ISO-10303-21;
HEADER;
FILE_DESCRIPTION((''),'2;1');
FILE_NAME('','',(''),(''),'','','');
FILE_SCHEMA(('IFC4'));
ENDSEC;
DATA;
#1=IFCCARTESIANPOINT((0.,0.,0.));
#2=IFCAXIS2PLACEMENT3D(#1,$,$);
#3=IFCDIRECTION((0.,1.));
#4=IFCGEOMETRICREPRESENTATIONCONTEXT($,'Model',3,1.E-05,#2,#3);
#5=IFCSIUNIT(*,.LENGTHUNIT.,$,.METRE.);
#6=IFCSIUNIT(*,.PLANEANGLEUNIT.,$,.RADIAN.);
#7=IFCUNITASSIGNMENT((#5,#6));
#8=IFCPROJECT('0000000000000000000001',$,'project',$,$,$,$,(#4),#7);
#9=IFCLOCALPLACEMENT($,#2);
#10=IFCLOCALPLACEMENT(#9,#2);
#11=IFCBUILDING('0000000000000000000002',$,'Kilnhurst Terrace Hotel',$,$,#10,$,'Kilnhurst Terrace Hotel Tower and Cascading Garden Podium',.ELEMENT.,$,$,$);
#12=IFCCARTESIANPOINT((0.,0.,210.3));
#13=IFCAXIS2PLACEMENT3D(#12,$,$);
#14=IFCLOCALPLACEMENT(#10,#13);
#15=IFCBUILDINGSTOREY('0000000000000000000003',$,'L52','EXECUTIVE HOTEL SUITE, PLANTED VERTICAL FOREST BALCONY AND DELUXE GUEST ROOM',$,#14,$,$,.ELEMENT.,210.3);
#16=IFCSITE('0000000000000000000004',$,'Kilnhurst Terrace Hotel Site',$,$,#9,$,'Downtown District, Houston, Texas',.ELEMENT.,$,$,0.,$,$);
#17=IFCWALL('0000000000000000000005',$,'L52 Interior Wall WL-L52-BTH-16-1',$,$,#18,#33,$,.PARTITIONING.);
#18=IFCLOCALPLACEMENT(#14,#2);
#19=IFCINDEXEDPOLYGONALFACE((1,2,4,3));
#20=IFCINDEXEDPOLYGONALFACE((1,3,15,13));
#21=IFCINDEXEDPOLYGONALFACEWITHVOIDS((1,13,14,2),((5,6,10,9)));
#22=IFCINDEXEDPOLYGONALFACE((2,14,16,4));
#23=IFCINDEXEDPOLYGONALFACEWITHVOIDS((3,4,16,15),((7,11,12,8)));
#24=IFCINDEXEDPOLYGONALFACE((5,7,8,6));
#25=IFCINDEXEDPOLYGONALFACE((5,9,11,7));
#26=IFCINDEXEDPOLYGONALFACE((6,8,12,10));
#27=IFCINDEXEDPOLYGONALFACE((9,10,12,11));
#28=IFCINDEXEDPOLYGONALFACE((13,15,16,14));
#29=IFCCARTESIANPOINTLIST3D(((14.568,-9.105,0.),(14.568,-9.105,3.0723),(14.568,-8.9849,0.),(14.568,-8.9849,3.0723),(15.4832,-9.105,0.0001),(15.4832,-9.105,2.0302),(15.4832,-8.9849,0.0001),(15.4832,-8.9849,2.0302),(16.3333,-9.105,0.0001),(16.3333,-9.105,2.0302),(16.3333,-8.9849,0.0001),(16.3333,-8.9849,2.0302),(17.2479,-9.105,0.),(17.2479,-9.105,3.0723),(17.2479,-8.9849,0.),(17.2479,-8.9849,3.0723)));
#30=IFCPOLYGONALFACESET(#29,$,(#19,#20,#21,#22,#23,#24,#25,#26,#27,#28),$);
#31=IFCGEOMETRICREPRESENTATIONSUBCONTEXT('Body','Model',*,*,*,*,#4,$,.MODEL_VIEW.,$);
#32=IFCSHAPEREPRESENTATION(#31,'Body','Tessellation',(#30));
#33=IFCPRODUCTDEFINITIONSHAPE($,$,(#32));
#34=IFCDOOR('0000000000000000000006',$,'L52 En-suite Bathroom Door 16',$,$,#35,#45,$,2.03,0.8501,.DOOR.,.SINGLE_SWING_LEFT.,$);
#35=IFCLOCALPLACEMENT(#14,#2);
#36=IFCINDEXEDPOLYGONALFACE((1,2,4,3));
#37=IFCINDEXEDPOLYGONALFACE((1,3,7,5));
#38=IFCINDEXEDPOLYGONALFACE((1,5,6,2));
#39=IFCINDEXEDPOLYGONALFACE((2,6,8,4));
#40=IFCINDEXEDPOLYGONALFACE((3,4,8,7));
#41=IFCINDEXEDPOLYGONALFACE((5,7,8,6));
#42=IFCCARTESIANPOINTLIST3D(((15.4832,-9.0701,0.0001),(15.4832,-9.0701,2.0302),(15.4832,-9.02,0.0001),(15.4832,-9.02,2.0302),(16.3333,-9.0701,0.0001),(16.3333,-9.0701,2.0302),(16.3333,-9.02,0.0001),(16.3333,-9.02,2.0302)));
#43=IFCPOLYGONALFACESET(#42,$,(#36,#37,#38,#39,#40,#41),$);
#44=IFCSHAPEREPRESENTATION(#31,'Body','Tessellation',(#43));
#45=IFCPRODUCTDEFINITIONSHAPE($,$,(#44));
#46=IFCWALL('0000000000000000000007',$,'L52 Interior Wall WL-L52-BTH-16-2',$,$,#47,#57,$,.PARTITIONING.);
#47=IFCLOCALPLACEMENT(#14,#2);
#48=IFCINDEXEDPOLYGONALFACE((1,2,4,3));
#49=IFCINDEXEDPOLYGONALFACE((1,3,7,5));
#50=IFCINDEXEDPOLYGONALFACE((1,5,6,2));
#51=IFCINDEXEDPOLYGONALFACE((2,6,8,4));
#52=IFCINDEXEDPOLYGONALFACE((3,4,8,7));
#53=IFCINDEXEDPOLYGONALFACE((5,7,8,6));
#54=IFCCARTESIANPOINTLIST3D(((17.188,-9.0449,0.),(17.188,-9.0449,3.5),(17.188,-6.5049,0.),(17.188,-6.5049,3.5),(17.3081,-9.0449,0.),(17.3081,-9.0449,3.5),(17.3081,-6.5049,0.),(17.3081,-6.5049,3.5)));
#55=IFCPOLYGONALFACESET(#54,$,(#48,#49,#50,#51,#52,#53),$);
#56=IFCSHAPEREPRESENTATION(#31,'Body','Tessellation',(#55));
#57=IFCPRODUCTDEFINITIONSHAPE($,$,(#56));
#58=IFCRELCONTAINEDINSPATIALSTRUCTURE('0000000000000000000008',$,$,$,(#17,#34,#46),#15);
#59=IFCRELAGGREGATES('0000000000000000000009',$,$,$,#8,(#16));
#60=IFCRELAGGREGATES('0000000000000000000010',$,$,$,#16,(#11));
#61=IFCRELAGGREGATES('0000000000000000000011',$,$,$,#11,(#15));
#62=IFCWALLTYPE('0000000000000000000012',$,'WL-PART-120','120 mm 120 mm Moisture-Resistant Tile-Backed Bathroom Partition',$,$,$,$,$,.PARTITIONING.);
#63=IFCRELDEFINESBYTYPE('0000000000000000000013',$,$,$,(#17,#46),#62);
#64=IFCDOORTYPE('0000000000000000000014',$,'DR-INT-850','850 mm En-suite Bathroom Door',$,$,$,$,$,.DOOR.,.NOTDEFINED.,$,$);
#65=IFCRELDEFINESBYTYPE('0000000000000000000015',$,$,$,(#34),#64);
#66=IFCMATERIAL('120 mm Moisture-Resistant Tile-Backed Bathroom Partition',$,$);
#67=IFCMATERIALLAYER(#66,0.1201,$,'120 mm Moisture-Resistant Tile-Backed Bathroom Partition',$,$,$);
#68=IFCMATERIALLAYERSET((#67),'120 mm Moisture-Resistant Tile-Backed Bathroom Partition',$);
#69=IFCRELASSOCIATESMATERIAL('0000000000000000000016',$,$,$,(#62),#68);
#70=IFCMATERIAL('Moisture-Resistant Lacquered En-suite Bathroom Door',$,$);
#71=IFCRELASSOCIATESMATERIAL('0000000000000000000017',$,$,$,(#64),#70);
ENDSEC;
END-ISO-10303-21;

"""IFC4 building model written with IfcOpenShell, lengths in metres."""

from ifc_helpers import new_model, si_unit, direction, frame, frame_2d, origin, place, context, subcontext, project, spatial, rectangle, extrude, material, layer, layer_set, type_object, element, fill, save


model = new_model("IFC4")

# Units and contexts
model_context = context("Model", 3, precision=1e-05, world=origin(), true_north=direction((0.0, 1.0)))
body_context = subcontext(model_context, "Body", "Model", "MODEL_VIEW")
ifc_project = project(units=[si_unit("LENGTHUNIT", "METRE"), si_unit("PLANEANGLEUNIT", "RADIAN")], contexts=[model_context])

# Site, building, storey
site_placement = place(None, origin())
site = spatial("IfcSite", under=ifc_project, at=site_placement, Name="Kilnhurst Terrace Hotel Site", LongName="Downtown District, Houston, Texas", CompositionType="ELEMENT", RefElevation=0.0)
building_placement = place(site_placement, origin())
building = spatial("IfcBuilding", under=site, at=building_placement, Name="Kilnhurst Terrace Hotel", LongName="Kilnhurst Terrace Hotel Tower and Cascading Garden Podium", CompositionType="ELEMENT")
storey_placement = place(building_placement, frame((0.0, 0.0, 210.3)))
storey = spatial("IfcBuildingStorey", under=building, at=storey_placement, Name="L52", Description="EXECUTIVE HOTEL SUITE, PLANTED VERTICAL FOREST BALCONY AND DELUXE GUEST ROOM", CompositionType="ELEMENT", Elevation=210.3)

# Shared definitions
ifc_material_1 = material(Name="120 mm Moisture-Resistant Tile-Backed Bathroom Partition")
ifc_layer_1 = layer(ifc_material_1, 0.1201, Name="120 mm Moisture-Resistant Tile-Backed Bathroom Partition")
ifc_layer_set_1 = layer_set([ifc_layer_1], Name="120 mm Moisture-Resistant Tile-Backed Bathroom Partition")
wall_type_1 = type_object("IfcWallType", Name="WL-PART-120", Description="120 mm 120 mm Moisture-Resistant Tile-Backed Bathroom Partition", PredefinedType="PARTITIONING", material=ifc_layer_set_1)

# Wall, opening, door
wall_1_placement = place(storey_placement, frame((14.5681, -9.0449, 0.0), z_axis=(0.0, 0.0, 1.0), x_axis=(1.0, 0.0, 0.0)))
wall_1 = element("IfcWall", 1, at=wall_1_placement, inside=storey, type_object=wall_type_1, Name="L52 Interior Wall WL-L52-BTH-16-1", PredefinedType="PARTITIONING", context=body_context, shape_type="SweptSolid", body=[
    extrude(rectangle(XDim=2.6799, YDim=0.1201, at=frame_2d((1.3398, 0.0))), origin(), (0.0, 0.0, 1.0), 3.0723),
])
opening_1_placement = place(wall_1_placement, frame((0.915, 0.0, 0.0)))
opening_1 = element("IfcOpeningElement", 2, at=opening_1_placement, cuts=wall_1, PredefinedType="OPENING", context=body_context, shape_type="SweptSolid", body=[
    extrude(rectangle(XDim=0.8501, YDim=2.03, at=frame_2d((0.425, 1.0151))), frame((0.0, 0.0701, 0.0), z_axis=(0.0, -1.0, 0.0), x_axis=(1.0, 0.0, 0.0)), (0.0, 0.0, 1.0), 0.1401),
])
ifc_material_2 = material(Name="Moisture-Resistant Lacquered En-suite Bathroom Door")
door_type_1 = type_object("IfcDoorType", Name="DR-INT-850", Description="850 mm En-suite Bathroom Door", OperationType="NOTDEFINED", PredefinedType="DOOR", material=ifc_material_2)
door_1_placement = place(opening_1_placement, origin())
door_1 = element("IfcDoor", 3, at=door_1_placement, inside=storey, type_object=door_type_1, Name="L52 En-suite Bathroom Door 16", OperationType="SINGLE_SWING_LEFT", OverallHeight=2.03, OverallWidth=0.8501, PredefinedType="DOOR", context=body_context, shape_type="SweptSolid", body=[
    extrude(rectangle(XDim=0.8501, YDim=2.03, at=frame_2d((0.425, 1.0151))), frame((0.0, 0.0249, 0.0), z_axis=(0.0, -1.0, 0.0), x_axis=(1.0, 0.0, 0.0)), (0.0, 0.0, 1.0), 0.05),
])
fill(opening_1, door_1)

# Wall
wall_2_placement = place(storey_placement, frame((17.248, -9.0449, 0.0), z_axis=(0.0, 0.0, 1.0), x_axis=(0.0, 1.0, 0.0)))
element("IfcWall", 4, at=wall_2_placement, inside=storey, type_object=wall_type_1, Name="L52 Interior Wall WL-L52-BTH-16-2", PredefinedType="PARTITIONING", context=body_context, shape_type="SweptSolid", body=[
    extrude(rectangle(XDim=2.54, YDim=0.1201, at=frame_2d((1.27, 0.0))), origin(), (0.0, 0.0, 1.0), 3.5),
])

save(model, "model.ifc")
